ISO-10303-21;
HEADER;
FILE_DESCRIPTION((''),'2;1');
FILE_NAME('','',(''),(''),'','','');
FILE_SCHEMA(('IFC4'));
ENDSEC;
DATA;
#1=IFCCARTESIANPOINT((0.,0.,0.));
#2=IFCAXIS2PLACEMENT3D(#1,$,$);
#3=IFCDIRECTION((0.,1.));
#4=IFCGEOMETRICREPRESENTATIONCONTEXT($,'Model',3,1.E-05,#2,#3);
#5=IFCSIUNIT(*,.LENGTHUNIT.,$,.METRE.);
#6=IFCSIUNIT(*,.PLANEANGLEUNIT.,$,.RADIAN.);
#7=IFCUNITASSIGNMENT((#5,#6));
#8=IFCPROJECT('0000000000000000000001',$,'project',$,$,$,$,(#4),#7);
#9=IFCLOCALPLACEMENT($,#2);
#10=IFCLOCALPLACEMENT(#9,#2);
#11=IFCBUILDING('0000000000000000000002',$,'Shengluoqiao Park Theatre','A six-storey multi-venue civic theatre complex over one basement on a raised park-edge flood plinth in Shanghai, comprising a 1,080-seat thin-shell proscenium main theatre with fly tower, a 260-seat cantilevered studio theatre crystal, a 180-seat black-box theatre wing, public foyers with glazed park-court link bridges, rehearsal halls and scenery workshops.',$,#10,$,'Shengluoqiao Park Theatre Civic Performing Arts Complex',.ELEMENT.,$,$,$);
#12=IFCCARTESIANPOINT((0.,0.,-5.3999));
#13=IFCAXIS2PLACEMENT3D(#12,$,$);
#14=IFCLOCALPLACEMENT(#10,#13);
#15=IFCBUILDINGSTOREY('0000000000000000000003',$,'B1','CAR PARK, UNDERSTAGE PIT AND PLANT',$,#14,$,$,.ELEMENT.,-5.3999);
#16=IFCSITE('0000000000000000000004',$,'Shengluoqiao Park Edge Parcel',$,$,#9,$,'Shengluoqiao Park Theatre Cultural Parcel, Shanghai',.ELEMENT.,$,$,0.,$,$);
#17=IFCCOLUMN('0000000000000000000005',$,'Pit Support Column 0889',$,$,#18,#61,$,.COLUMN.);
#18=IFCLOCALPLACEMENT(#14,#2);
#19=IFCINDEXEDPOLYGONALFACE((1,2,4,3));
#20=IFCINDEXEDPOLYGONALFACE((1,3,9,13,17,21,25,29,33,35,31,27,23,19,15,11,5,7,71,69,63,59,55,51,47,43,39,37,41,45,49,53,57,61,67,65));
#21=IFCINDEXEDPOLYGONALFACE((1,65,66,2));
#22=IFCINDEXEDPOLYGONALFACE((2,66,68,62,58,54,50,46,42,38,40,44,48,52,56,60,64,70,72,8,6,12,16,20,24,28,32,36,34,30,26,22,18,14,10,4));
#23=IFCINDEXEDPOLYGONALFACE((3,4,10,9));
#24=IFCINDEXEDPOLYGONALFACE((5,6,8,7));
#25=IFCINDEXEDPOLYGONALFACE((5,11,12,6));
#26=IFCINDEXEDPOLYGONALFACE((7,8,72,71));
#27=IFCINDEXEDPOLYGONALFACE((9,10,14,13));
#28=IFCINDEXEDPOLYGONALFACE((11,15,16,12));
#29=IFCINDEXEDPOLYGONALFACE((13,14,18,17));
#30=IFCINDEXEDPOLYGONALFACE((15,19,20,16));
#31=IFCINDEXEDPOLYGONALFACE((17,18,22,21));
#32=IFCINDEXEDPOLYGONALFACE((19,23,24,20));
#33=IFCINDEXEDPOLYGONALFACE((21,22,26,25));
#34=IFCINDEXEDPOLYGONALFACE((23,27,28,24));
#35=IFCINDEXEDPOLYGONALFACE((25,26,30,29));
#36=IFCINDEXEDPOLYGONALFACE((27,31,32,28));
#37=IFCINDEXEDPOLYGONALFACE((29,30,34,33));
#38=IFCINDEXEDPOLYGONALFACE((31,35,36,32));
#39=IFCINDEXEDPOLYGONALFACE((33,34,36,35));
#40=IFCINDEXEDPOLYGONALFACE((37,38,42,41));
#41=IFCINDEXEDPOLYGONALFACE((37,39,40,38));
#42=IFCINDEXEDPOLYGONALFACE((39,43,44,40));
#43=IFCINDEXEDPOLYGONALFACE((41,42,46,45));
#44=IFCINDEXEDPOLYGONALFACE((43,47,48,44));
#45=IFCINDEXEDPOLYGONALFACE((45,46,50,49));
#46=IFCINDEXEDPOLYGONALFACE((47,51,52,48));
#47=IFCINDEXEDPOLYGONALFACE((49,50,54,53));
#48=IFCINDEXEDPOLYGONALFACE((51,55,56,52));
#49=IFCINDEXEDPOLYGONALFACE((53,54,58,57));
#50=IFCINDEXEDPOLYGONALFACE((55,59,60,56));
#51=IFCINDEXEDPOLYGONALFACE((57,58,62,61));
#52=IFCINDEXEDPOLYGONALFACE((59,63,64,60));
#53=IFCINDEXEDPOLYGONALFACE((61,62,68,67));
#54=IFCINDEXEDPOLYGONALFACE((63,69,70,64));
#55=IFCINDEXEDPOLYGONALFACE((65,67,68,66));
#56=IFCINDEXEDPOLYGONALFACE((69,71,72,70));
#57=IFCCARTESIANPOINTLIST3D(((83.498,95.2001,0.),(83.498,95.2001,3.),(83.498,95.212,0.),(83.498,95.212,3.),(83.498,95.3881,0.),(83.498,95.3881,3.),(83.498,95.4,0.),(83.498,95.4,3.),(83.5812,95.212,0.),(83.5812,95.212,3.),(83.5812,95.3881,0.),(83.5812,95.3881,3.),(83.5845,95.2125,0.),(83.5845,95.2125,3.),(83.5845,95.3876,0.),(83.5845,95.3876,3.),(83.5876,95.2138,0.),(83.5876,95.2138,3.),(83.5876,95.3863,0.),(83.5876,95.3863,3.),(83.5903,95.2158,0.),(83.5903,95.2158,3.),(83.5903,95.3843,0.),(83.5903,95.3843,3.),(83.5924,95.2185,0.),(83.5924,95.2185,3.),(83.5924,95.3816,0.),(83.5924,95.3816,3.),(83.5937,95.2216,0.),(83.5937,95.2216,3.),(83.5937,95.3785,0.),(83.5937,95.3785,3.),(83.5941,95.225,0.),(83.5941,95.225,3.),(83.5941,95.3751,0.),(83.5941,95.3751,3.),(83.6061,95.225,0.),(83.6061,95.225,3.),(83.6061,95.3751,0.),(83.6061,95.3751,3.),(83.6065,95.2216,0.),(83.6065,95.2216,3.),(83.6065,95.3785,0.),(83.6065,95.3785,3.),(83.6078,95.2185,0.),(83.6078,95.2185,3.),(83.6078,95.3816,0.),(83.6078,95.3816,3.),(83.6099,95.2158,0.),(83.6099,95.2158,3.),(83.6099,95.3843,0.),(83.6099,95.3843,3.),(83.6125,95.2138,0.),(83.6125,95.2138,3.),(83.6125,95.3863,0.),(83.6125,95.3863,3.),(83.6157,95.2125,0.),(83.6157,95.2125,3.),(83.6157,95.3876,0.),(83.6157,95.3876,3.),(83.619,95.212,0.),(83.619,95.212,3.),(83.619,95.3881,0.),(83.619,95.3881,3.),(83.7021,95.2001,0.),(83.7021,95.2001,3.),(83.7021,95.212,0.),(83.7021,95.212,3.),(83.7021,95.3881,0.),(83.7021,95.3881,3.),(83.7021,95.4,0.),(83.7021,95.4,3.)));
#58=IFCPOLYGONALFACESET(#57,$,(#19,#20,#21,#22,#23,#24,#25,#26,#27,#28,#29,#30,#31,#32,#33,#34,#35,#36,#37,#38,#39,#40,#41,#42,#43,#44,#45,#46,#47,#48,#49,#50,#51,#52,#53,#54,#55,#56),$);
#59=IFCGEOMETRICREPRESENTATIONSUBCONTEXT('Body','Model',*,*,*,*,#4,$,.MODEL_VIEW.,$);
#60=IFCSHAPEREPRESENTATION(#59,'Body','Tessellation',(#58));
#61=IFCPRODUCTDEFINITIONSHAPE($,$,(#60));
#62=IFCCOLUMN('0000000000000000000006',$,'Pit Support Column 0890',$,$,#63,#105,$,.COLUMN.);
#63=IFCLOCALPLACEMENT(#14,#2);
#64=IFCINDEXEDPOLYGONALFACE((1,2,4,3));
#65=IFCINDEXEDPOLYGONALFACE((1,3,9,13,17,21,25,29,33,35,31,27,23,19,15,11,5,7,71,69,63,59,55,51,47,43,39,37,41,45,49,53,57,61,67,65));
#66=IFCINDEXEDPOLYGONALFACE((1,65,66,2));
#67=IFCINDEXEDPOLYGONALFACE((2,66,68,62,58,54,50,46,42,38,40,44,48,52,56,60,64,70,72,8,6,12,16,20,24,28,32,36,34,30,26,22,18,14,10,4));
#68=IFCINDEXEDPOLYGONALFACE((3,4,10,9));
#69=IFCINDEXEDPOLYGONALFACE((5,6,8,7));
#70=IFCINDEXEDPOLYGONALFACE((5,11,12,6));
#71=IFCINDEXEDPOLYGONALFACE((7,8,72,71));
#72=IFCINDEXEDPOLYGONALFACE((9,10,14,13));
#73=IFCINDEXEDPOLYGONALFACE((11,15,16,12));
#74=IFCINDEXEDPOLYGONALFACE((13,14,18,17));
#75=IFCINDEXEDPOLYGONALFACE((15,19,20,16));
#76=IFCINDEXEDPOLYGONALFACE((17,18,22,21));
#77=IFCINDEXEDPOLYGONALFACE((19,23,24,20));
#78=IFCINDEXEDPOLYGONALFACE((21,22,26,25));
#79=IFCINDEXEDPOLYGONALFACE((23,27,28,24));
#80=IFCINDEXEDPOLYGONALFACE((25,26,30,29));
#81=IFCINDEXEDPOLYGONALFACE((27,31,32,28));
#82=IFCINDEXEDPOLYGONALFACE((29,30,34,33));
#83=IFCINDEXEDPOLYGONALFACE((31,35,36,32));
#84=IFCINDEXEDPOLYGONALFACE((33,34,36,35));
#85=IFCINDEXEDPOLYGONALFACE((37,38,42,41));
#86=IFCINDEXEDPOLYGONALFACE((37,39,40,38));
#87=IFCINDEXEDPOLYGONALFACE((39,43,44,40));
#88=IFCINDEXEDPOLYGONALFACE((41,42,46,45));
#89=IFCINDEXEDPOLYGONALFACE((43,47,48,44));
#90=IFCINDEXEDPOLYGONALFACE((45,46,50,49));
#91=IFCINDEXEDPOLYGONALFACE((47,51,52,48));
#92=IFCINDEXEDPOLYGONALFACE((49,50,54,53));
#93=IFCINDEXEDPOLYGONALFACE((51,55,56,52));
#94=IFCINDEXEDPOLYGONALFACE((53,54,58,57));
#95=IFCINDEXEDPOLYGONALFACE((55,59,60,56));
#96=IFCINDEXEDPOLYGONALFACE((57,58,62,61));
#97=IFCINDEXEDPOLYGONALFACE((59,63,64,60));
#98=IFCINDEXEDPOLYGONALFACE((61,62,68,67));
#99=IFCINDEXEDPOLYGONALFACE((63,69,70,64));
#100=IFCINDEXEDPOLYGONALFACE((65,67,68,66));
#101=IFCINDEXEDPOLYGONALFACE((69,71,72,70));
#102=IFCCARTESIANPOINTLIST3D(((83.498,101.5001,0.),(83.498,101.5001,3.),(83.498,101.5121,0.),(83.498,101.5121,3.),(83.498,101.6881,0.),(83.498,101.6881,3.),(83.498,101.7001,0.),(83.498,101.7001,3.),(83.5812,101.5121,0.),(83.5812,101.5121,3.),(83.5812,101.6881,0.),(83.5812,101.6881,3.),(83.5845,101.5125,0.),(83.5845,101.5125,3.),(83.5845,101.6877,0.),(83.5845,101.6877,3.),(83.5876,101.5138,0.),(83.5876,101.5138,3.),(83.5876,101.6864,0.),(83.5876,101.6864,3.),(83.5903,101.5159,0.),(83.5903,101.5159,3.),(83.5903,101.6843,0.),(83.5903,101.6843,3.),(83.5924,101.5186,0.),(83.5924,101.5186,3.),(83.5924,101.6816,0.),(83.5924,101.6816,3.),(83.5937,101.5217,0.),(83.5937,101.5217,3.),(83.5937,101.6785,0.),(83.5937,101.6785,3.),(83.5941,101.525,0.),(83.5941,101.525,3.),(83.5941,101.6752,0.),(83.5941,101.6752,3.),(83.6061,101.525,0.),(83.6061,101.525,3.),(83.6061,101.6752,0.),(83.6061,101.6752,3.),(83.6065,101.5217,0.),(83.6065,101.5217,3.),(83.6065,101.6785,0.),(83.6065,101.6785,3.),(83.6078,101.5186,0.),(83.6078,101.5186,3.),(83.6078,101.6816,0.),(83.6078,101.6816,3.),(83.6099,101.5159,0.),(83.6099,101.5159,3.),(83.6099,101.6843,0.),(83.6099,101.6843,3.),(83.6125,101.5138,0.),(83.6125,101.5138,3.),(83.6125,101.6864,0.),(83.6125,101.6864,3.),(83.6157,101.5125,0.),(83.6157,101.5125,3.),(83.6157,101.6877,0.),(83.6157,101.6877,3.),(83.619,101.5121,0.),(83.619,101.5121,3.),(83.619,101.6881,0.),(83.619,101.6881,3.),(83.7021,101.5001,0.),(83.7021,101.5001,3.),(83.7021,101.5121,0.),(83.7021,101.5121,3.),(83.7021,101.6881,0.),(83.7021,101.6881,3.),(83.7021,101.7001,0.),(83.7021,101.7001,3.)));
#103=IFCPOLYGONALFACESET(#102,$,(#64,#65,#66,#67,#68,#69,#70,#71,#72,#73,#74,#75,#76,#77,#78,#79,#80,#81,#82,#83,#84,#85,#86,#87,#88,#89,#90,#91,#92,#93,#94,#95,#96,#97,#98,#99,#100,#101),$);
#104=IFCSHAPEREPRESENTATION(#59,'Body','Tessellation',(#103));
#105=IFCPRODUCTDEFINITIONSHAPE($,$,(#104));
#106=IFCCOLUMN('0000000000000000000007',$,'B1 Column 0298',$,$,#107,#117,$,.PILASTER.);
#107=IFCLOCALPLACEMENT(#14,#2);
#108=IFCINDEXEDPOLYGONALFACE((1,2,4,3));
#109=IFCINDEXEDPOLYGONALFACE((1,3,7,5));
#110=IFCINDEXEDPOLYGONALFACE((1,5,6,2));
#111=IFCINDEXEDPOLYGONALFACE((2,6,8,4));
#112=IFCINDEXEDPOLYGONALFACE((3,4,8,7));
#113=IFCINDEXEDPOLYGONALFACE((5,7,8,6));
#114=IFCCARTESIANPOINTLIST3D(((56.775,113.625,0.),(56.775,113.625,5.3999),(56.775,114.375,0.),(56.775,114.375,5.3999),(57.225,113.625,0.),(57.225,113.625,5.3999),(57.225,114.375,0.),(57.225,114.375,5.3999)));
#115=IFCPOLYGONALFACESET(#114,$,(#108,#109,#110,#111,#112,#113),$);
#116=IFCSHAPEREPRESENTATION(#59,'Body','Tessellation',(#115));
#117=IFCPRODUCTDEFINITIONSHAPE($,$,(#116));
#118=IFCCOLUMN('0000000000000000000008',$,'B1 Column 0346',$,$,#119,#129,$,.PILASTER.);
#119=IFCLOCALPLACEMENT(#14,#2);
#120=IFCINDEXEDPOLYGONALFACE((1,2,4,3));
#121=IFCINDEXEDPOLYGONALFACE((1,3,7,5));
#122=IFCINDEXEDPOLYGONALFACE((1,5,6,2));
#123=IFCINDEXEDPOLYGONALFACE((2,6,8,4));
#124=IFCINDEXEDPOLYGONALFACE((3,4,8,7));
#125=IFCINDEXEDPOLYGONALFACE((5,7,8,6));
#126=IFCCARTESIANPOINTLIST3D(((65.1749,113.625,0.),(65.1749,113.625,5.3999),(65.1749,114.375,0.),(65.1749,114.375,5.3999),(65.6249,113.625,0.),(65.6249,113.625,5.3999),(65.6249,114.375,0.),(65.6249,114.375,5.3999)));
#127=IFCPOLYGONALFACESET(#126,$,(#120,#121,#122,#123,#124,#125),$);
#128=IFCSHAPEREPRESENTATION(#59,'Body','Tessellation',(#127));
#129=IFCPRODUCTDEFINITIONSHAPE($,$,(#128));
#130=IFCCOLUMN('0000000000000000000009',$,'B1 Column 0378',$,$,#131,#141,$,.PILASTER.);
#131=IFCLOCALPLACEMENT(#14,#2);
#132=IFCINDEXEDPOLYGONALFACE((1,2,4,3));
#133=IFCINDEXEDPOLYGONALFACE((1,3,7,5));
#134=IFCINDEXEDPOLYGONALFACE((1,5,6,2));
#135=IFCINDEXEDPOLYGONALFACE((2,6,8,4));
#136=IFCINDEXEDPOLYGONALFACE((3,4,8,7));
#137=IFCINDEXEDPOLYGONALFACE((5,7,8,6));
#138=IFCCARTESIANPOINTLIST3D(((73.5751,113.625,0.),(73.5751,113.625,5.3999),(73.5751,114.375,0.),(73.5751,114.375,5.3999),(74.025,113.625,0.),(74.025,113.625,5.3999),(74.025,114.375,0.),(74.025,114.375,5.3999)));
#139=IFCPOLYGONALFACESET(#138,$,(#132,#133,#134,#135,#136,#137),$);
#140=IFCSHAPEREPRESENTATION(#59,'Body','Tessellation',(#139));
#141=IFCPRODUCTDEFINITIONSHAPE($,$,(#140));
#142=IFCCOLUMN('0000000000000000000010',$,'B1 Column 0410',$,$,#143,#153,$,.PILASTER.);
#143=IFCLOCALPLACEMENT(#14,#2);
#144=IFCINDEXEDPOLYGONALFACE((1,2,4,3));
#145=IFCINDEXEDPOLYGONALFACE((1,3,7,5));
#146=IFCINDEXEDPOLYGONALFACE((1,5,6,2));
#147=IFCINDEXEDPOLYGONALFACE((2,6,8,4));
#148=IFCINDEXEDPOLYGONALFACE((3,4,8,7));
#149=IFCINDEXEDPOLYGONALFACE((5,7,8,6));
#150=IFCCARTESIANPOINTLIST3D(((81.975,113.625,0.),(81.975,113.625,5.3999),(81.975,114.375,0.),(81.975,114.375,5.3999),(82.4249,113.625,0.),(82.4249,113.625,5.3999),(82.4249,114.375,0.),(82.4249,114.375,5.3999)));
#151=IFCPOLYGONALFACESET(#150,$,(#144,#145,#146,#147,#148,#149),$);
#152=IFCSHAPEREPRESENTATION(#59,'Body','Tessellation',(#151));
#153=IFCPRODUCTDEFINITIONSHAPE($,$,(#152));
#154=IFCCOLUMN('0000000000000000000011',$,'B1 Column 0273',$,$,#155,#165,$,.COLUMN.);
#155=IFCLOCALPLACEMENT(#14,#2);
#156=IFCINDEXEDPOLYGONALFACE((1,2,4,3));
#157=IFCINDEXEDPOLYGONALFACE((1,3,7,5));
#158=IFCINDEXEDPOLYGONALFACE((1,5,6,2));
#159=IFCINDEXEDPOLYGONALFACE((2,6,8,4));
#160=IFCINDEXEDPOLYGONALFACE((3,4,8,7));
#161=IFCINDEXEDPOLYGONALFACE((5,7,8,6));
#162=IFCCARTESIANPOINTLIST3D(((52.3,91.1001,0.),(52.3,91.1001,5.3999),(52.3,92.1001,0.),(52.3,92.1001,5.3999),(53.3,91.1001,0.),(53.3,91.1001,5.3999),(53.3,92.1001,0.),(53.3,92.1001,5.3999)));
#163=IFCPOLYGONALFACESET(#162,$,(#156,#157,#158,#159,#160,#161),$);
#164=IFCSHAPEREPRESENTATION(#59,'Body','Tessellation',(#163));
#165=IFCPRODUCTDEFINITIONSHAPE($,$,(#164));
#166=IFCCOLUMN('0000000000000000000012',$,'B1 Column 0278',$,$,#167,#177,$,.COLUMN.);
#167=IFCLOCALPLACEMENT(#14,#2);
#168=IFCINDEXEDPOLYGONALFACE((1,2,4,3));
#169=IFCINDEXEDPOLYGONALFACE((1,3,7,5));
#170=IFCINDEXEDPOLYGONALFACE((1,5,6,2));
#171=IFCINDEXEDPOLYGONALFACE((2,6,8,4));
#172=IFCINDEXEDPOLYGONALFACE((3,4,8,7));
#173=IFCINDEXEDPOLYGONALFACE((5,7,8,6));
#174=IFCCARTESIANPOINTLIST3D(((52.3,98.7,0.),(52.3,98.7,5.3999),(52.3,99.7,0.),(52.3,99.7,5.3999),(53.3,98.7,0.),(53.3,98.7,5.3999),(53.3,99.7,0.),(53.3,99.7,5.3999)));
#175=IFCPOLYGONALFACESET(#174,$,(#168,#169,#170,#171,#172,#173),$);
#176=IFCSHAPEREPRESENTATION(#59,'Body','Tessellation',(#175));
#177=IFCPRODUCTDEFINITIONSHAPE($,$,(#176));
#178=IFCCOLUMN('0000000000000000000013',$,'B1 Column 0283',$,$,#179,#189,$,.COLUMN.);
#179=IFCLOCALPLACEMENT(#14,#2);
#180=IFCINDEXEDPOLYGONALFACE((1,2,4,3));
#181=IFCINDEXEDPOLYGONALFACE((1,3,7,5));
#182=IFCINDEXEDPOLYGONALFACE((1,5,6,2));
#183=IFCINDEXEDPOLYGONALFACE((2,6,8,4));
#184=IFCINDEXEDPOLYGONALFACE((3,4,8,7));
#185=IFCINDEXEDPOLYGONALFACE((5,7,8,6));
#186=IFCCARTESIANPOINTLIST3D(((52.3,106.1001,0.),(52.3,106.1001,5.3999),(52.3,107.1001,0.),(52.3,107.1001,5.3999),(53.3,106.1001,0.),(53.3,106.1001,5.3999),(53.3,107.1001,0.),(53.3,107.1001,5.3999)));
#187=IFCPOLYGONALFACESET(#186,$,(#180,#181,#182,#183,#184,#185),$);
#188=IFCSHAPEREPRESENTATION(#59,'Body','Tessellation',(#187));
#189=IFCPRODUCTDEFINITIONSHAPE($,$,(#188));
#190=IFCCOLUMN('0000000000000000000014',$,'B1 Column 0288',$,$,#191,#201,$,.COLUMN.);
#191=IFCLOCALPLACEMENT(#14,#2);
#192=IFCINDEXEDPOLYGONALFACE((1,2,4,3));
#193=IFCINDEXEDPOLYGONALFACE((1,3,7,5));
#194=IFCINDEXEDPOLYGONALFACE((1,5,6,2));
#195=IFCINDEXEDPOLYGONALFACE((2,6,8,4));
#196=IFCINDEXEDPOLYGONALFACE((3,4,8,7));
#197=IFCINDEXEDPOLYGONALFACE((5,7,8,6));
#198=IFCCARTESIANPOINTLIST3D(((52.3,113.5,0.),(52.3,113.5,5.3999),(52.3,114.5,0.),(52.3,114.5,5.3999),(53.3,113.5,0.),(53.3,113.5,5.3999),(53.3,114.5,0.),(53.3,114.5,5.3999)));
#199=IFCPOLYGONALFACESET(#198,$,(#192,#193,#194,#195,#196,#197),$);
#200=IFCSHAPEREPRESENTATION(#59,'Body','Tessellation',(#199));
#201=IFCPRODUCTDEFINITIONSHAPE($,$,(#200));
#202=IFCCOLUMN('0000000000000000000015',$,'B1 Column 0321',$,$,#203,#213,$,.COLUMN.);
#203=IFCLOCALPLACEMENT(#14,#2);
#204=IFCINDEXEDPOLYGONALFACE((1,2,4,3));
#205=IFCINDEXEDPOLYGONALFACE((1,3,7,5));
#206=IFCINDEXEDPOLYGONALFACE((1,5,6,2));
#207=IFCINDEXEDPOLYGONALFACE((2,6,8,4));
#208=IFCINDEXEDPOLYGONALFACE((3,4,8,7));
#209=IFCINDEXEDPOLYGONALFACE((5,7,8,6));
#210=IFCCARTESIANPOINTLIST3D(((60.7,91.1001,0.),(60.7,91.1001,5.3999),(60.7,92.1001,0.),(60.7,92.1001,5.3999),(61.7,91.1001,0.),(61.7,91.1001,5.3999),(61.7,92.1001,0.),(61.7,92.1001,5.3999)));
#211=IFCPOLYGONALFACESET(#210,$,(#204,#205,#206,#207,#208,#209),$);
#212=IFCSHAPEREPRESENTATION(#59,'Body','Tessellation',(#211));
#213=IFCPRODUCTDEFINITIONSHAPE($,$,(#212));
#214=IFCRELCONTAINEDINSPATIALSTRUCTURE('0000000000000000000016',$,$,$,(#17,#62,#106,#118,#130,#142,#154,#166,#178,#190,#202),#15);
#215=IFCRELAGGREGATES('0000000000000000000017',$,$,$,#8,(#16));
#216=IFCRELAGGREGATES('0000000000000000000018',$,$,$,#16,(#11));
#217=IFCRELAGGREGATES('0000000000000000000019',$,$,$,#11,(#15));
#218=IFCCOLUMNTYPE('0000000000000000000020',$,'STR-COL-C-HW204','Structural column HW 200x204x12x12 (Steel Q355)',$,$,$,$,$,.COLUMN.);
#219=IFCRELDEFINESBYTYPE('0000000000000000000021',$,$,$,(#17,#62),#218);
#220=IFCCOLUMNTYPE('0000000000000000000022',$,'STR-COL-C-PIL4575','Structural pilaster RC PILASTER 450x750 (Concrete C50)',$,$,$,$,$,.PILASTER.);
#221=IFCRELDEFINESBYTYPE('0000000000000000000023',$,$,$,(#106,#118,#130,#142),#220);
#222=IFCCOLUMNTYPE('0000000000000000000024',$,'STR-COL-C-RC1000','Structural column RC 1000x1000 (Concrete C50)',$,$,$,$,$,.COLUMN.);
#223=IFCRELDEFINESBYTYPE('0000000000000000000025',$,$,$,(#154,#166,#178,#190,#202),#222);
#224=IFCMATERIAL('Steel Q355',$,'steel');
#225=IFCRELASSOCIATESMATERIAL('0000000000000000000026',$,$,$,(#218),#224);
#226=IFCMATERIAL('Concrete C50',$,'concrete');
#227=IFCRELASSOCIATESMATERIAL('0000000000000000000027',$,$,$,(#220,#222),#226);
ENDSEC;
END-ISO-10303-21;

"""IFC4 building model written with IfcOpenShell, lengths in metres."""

from ifc_helpers import new_model, si_unit, direction, frame, origin, origin_2d, place, context, subcontext, project, spatial, rectangle, i_section, extrude, material, material_profile, profile_set, type_object, element, save


model = new_model("IFC4")

# Units and contexts
model_context = context("Model", 3, precision=1e-05, world=origin(), true_north=direction((0.0, 1.0)))
body_context = subcontext(model_context, "Body", "Model", "MODEL_VIEW")
ifc_project = project(units=[si_unit("LENGTHUNIT", "METRE"), si_unit("PLANEANGLEUNIT", "RADIAN")], contexts=[model_context])

# Site, building, storey
site_placement = place(None, origin())
site = spatial("IfcSite", under=ifc_project, at=site_placement, Name="Shengluoqiao Park Edge Parcel", LongName="Shengluoqiao Park Theatre Cultural Parcel, Shanghai", CompositionType="ELEMENT", RefElevation=0.0)
building_placement = place(site_placement, origin())
building = spatial("IfcBuilding", under=site, at=building_placement, Name="Shengluoqiao Park Theatre", Description="A six-storey multi-venue civic theatre complex over one basement on a raised park-edge flood plinth in Shanghai, comprising a 1,080-seat thin-shell proscenium main theatre with fly tower, a 260-seat cantilevered studio theatre crystal, a 180-seat black-box theatre wing, public foyers with glazed park-court link bridges, rehearsal halls and scenery workshops.", LongName="Shengluoqiao Park Theatre Civic Performing Arts Complex", CompositionType="ELEMENT")
storey_placement = place(building_placement, frame((0.0, 0.0, -5.3999)))
storey = spatial("IfcBuildingStorey", under=building, at=storey_placement, Name="B1", Description="CAR PARK, UNDERSTAGE PIT AND PLANT", CompositionType="ELEMENT", Elevation=-5.3999)

# Columns
ifc_material_1 = material(Name="Steel Q355", Category="steel")
ifc_material_profile_1 = material_profile(ifc_material_1, i_section(OverallWidth=0.2041, OverallDepth=0.2, WebThickness=0.012, FlangeThickness=0.012, FilletRadius=0.0129, at=origin_2d()), Name="HW 200x204x12x12")
ifc_profile_set_1 = profile_set([ifc_material_profile_1], Name="Steel Q355")
column_type_1 = type_object("IfcColumnType", Name="STR-COL-C-HW204", Description="Structural column HW 200x204x12x12 (Steel Q355)", PredefinedType="COLUMN", material=ifc_profile_set_1)
for number, where, z_axis, x_axis, name in (
    (1, (83.6001, 95.3, 0.0), (0.0, 0.0, 1.0), (1.0, 0.0, 0.0), "Pit Support Column 0889"),
    (2, (83.6001, 101.6001, 0.0), (0.0, 0.0, 1.0), (1.0, 0.0, 0.0), "Pit Support Column 0890"),
):
    element("IfcColumn", number, at=place(storey_placement, frame(where, z_axis=z_axis, x_axis=x_axis)), inside=storey, type_object=column_type_1, Name=name, PredefinedType="COLUMN", context=body_context, shape_type="SweptSolid", body=[
        extrude(i_section(OverallWidth=0.2041, OverallDepth=0.2, WebThickness=0.012, FlangeThickness=0.012, FilletRadius=0.0129, at=origin_2d()), origin(), (0.0, 0.0, 1.0), 3.0),
    ])
ifc_material_2 = material(Name="Concrete C50", Category="concrete")
ifc_material_profile_2 = material_profile(ifc_material_2, rectangle(XDim=0.45, YDim=0.75, at=origin_2d()), Name="RC PILASTER 450x750")
ifc_profile_set_2 = profile_set([ifc_material_profile_2], Name="Concrete C50")
column_type_2 = type_object("IfcColumnType", Name="STR-COL-C-PIL4575", Description="Structural pilaster RC PILASTER 450x750 (Concrete C50)", PredefinedType="PILASTER", material=ifc_profile_set_2)
for number, where, z_axis, x_axis, name in (
    (3, (57.0, 114.0, 0.0), (0.0, 0.0, 1.0), (1.0, 0.0, 0.0), "B1 Column 0298"),
    (4, (65.3999, 114.0, 0.0), (0.0, 0.0, 1.0), (1.0, 0.0, 0.0), "B1 Column 0346"),
    (5, (73.8, 114.0, 0.0), (0.0, 0.0, 1.0), (1.0, 0.0, 0.0), "B1 Column 0378"),
    (6, (82.2, 114.0, 0.0), (0.0, 0.0, 1.0), (1.0, 0.0, 0.0), "B1 Column 0410"),
):
    element("IfcColumn", number, at=place(storey_placement, frame(where, z_axis=z_axis, x_axis=x_axis)), inside=storey, type_object=column_type_2, Name=name, PredefinedType="PILASTER", context=body_context, shape_type="SweptSolid", body=[
        extrude(rectangle(XDim=0.45, YDim=0.75, at=origin_2d()), origin(), (0.0, 0.0, 1.0), 5.3999),
    ])
ifc_material_profile_3 = material_profile(ifc_material_2, rectangle(XDim=1.0, YDim=1.0, at=origin_2d()), Name="RC 1000x1000")
ifc_profile_set_3 = profile_set([ifc_material_profile_3], Name="Concrete C50")
column_type_3 = type_object("IfcColumnType", Name="STR-COL-C-RC1000", Description="Structural column RC 1000x1000 (Concrete C50)", PredefinedType="COLUMN", material=ifc_profile_set_3)
for number, where, z_axis, x_axis, name in (
    (7, (52.8, 91.6001, 0.0), (0.0, 0.0, 1.0), (1.0, 0.0, 0.0), "B1 Column 0273"),
    (8, (52.8, 99.2, 0.0), (0.0, 0.0, 1.0), (1.0, 0.0, 0.0), "B1 Column 0278"),
    (9, (52.8, 106.6001, 0.0), (0.0, 0.0, 1.0), (1.0, 0.0, 0.0), "B1 Column 0283"),
    (10, (52.8, 114.0, 0.0), (0.0, 0.0, 1.0), (1.0, 0.0, 0.0), "B1 Column 0288"),
    (11, (61.2, 91.6001, 0.0), (0.0, 0.0, 1.0), (1.0, 0.0, 0.0), "B1 Column 0321"),
):
    element("IfcColumn", number, at=place(storey_placement, frame(where, z_axis=z_axis, x_axis=x_axis)), inside=storey, type_object=column_type_3, Name=name, PredefinedType="COLUMN", context=body_context, shape_type="SweptSolid", body=[
        extrude(rectangle(XDim=1.0, YDim=1.0, at=origin_2d()), origin(), (0.0, 0.0, 1.0), 5.3999),
    ])

save(model, "model.ifc")
